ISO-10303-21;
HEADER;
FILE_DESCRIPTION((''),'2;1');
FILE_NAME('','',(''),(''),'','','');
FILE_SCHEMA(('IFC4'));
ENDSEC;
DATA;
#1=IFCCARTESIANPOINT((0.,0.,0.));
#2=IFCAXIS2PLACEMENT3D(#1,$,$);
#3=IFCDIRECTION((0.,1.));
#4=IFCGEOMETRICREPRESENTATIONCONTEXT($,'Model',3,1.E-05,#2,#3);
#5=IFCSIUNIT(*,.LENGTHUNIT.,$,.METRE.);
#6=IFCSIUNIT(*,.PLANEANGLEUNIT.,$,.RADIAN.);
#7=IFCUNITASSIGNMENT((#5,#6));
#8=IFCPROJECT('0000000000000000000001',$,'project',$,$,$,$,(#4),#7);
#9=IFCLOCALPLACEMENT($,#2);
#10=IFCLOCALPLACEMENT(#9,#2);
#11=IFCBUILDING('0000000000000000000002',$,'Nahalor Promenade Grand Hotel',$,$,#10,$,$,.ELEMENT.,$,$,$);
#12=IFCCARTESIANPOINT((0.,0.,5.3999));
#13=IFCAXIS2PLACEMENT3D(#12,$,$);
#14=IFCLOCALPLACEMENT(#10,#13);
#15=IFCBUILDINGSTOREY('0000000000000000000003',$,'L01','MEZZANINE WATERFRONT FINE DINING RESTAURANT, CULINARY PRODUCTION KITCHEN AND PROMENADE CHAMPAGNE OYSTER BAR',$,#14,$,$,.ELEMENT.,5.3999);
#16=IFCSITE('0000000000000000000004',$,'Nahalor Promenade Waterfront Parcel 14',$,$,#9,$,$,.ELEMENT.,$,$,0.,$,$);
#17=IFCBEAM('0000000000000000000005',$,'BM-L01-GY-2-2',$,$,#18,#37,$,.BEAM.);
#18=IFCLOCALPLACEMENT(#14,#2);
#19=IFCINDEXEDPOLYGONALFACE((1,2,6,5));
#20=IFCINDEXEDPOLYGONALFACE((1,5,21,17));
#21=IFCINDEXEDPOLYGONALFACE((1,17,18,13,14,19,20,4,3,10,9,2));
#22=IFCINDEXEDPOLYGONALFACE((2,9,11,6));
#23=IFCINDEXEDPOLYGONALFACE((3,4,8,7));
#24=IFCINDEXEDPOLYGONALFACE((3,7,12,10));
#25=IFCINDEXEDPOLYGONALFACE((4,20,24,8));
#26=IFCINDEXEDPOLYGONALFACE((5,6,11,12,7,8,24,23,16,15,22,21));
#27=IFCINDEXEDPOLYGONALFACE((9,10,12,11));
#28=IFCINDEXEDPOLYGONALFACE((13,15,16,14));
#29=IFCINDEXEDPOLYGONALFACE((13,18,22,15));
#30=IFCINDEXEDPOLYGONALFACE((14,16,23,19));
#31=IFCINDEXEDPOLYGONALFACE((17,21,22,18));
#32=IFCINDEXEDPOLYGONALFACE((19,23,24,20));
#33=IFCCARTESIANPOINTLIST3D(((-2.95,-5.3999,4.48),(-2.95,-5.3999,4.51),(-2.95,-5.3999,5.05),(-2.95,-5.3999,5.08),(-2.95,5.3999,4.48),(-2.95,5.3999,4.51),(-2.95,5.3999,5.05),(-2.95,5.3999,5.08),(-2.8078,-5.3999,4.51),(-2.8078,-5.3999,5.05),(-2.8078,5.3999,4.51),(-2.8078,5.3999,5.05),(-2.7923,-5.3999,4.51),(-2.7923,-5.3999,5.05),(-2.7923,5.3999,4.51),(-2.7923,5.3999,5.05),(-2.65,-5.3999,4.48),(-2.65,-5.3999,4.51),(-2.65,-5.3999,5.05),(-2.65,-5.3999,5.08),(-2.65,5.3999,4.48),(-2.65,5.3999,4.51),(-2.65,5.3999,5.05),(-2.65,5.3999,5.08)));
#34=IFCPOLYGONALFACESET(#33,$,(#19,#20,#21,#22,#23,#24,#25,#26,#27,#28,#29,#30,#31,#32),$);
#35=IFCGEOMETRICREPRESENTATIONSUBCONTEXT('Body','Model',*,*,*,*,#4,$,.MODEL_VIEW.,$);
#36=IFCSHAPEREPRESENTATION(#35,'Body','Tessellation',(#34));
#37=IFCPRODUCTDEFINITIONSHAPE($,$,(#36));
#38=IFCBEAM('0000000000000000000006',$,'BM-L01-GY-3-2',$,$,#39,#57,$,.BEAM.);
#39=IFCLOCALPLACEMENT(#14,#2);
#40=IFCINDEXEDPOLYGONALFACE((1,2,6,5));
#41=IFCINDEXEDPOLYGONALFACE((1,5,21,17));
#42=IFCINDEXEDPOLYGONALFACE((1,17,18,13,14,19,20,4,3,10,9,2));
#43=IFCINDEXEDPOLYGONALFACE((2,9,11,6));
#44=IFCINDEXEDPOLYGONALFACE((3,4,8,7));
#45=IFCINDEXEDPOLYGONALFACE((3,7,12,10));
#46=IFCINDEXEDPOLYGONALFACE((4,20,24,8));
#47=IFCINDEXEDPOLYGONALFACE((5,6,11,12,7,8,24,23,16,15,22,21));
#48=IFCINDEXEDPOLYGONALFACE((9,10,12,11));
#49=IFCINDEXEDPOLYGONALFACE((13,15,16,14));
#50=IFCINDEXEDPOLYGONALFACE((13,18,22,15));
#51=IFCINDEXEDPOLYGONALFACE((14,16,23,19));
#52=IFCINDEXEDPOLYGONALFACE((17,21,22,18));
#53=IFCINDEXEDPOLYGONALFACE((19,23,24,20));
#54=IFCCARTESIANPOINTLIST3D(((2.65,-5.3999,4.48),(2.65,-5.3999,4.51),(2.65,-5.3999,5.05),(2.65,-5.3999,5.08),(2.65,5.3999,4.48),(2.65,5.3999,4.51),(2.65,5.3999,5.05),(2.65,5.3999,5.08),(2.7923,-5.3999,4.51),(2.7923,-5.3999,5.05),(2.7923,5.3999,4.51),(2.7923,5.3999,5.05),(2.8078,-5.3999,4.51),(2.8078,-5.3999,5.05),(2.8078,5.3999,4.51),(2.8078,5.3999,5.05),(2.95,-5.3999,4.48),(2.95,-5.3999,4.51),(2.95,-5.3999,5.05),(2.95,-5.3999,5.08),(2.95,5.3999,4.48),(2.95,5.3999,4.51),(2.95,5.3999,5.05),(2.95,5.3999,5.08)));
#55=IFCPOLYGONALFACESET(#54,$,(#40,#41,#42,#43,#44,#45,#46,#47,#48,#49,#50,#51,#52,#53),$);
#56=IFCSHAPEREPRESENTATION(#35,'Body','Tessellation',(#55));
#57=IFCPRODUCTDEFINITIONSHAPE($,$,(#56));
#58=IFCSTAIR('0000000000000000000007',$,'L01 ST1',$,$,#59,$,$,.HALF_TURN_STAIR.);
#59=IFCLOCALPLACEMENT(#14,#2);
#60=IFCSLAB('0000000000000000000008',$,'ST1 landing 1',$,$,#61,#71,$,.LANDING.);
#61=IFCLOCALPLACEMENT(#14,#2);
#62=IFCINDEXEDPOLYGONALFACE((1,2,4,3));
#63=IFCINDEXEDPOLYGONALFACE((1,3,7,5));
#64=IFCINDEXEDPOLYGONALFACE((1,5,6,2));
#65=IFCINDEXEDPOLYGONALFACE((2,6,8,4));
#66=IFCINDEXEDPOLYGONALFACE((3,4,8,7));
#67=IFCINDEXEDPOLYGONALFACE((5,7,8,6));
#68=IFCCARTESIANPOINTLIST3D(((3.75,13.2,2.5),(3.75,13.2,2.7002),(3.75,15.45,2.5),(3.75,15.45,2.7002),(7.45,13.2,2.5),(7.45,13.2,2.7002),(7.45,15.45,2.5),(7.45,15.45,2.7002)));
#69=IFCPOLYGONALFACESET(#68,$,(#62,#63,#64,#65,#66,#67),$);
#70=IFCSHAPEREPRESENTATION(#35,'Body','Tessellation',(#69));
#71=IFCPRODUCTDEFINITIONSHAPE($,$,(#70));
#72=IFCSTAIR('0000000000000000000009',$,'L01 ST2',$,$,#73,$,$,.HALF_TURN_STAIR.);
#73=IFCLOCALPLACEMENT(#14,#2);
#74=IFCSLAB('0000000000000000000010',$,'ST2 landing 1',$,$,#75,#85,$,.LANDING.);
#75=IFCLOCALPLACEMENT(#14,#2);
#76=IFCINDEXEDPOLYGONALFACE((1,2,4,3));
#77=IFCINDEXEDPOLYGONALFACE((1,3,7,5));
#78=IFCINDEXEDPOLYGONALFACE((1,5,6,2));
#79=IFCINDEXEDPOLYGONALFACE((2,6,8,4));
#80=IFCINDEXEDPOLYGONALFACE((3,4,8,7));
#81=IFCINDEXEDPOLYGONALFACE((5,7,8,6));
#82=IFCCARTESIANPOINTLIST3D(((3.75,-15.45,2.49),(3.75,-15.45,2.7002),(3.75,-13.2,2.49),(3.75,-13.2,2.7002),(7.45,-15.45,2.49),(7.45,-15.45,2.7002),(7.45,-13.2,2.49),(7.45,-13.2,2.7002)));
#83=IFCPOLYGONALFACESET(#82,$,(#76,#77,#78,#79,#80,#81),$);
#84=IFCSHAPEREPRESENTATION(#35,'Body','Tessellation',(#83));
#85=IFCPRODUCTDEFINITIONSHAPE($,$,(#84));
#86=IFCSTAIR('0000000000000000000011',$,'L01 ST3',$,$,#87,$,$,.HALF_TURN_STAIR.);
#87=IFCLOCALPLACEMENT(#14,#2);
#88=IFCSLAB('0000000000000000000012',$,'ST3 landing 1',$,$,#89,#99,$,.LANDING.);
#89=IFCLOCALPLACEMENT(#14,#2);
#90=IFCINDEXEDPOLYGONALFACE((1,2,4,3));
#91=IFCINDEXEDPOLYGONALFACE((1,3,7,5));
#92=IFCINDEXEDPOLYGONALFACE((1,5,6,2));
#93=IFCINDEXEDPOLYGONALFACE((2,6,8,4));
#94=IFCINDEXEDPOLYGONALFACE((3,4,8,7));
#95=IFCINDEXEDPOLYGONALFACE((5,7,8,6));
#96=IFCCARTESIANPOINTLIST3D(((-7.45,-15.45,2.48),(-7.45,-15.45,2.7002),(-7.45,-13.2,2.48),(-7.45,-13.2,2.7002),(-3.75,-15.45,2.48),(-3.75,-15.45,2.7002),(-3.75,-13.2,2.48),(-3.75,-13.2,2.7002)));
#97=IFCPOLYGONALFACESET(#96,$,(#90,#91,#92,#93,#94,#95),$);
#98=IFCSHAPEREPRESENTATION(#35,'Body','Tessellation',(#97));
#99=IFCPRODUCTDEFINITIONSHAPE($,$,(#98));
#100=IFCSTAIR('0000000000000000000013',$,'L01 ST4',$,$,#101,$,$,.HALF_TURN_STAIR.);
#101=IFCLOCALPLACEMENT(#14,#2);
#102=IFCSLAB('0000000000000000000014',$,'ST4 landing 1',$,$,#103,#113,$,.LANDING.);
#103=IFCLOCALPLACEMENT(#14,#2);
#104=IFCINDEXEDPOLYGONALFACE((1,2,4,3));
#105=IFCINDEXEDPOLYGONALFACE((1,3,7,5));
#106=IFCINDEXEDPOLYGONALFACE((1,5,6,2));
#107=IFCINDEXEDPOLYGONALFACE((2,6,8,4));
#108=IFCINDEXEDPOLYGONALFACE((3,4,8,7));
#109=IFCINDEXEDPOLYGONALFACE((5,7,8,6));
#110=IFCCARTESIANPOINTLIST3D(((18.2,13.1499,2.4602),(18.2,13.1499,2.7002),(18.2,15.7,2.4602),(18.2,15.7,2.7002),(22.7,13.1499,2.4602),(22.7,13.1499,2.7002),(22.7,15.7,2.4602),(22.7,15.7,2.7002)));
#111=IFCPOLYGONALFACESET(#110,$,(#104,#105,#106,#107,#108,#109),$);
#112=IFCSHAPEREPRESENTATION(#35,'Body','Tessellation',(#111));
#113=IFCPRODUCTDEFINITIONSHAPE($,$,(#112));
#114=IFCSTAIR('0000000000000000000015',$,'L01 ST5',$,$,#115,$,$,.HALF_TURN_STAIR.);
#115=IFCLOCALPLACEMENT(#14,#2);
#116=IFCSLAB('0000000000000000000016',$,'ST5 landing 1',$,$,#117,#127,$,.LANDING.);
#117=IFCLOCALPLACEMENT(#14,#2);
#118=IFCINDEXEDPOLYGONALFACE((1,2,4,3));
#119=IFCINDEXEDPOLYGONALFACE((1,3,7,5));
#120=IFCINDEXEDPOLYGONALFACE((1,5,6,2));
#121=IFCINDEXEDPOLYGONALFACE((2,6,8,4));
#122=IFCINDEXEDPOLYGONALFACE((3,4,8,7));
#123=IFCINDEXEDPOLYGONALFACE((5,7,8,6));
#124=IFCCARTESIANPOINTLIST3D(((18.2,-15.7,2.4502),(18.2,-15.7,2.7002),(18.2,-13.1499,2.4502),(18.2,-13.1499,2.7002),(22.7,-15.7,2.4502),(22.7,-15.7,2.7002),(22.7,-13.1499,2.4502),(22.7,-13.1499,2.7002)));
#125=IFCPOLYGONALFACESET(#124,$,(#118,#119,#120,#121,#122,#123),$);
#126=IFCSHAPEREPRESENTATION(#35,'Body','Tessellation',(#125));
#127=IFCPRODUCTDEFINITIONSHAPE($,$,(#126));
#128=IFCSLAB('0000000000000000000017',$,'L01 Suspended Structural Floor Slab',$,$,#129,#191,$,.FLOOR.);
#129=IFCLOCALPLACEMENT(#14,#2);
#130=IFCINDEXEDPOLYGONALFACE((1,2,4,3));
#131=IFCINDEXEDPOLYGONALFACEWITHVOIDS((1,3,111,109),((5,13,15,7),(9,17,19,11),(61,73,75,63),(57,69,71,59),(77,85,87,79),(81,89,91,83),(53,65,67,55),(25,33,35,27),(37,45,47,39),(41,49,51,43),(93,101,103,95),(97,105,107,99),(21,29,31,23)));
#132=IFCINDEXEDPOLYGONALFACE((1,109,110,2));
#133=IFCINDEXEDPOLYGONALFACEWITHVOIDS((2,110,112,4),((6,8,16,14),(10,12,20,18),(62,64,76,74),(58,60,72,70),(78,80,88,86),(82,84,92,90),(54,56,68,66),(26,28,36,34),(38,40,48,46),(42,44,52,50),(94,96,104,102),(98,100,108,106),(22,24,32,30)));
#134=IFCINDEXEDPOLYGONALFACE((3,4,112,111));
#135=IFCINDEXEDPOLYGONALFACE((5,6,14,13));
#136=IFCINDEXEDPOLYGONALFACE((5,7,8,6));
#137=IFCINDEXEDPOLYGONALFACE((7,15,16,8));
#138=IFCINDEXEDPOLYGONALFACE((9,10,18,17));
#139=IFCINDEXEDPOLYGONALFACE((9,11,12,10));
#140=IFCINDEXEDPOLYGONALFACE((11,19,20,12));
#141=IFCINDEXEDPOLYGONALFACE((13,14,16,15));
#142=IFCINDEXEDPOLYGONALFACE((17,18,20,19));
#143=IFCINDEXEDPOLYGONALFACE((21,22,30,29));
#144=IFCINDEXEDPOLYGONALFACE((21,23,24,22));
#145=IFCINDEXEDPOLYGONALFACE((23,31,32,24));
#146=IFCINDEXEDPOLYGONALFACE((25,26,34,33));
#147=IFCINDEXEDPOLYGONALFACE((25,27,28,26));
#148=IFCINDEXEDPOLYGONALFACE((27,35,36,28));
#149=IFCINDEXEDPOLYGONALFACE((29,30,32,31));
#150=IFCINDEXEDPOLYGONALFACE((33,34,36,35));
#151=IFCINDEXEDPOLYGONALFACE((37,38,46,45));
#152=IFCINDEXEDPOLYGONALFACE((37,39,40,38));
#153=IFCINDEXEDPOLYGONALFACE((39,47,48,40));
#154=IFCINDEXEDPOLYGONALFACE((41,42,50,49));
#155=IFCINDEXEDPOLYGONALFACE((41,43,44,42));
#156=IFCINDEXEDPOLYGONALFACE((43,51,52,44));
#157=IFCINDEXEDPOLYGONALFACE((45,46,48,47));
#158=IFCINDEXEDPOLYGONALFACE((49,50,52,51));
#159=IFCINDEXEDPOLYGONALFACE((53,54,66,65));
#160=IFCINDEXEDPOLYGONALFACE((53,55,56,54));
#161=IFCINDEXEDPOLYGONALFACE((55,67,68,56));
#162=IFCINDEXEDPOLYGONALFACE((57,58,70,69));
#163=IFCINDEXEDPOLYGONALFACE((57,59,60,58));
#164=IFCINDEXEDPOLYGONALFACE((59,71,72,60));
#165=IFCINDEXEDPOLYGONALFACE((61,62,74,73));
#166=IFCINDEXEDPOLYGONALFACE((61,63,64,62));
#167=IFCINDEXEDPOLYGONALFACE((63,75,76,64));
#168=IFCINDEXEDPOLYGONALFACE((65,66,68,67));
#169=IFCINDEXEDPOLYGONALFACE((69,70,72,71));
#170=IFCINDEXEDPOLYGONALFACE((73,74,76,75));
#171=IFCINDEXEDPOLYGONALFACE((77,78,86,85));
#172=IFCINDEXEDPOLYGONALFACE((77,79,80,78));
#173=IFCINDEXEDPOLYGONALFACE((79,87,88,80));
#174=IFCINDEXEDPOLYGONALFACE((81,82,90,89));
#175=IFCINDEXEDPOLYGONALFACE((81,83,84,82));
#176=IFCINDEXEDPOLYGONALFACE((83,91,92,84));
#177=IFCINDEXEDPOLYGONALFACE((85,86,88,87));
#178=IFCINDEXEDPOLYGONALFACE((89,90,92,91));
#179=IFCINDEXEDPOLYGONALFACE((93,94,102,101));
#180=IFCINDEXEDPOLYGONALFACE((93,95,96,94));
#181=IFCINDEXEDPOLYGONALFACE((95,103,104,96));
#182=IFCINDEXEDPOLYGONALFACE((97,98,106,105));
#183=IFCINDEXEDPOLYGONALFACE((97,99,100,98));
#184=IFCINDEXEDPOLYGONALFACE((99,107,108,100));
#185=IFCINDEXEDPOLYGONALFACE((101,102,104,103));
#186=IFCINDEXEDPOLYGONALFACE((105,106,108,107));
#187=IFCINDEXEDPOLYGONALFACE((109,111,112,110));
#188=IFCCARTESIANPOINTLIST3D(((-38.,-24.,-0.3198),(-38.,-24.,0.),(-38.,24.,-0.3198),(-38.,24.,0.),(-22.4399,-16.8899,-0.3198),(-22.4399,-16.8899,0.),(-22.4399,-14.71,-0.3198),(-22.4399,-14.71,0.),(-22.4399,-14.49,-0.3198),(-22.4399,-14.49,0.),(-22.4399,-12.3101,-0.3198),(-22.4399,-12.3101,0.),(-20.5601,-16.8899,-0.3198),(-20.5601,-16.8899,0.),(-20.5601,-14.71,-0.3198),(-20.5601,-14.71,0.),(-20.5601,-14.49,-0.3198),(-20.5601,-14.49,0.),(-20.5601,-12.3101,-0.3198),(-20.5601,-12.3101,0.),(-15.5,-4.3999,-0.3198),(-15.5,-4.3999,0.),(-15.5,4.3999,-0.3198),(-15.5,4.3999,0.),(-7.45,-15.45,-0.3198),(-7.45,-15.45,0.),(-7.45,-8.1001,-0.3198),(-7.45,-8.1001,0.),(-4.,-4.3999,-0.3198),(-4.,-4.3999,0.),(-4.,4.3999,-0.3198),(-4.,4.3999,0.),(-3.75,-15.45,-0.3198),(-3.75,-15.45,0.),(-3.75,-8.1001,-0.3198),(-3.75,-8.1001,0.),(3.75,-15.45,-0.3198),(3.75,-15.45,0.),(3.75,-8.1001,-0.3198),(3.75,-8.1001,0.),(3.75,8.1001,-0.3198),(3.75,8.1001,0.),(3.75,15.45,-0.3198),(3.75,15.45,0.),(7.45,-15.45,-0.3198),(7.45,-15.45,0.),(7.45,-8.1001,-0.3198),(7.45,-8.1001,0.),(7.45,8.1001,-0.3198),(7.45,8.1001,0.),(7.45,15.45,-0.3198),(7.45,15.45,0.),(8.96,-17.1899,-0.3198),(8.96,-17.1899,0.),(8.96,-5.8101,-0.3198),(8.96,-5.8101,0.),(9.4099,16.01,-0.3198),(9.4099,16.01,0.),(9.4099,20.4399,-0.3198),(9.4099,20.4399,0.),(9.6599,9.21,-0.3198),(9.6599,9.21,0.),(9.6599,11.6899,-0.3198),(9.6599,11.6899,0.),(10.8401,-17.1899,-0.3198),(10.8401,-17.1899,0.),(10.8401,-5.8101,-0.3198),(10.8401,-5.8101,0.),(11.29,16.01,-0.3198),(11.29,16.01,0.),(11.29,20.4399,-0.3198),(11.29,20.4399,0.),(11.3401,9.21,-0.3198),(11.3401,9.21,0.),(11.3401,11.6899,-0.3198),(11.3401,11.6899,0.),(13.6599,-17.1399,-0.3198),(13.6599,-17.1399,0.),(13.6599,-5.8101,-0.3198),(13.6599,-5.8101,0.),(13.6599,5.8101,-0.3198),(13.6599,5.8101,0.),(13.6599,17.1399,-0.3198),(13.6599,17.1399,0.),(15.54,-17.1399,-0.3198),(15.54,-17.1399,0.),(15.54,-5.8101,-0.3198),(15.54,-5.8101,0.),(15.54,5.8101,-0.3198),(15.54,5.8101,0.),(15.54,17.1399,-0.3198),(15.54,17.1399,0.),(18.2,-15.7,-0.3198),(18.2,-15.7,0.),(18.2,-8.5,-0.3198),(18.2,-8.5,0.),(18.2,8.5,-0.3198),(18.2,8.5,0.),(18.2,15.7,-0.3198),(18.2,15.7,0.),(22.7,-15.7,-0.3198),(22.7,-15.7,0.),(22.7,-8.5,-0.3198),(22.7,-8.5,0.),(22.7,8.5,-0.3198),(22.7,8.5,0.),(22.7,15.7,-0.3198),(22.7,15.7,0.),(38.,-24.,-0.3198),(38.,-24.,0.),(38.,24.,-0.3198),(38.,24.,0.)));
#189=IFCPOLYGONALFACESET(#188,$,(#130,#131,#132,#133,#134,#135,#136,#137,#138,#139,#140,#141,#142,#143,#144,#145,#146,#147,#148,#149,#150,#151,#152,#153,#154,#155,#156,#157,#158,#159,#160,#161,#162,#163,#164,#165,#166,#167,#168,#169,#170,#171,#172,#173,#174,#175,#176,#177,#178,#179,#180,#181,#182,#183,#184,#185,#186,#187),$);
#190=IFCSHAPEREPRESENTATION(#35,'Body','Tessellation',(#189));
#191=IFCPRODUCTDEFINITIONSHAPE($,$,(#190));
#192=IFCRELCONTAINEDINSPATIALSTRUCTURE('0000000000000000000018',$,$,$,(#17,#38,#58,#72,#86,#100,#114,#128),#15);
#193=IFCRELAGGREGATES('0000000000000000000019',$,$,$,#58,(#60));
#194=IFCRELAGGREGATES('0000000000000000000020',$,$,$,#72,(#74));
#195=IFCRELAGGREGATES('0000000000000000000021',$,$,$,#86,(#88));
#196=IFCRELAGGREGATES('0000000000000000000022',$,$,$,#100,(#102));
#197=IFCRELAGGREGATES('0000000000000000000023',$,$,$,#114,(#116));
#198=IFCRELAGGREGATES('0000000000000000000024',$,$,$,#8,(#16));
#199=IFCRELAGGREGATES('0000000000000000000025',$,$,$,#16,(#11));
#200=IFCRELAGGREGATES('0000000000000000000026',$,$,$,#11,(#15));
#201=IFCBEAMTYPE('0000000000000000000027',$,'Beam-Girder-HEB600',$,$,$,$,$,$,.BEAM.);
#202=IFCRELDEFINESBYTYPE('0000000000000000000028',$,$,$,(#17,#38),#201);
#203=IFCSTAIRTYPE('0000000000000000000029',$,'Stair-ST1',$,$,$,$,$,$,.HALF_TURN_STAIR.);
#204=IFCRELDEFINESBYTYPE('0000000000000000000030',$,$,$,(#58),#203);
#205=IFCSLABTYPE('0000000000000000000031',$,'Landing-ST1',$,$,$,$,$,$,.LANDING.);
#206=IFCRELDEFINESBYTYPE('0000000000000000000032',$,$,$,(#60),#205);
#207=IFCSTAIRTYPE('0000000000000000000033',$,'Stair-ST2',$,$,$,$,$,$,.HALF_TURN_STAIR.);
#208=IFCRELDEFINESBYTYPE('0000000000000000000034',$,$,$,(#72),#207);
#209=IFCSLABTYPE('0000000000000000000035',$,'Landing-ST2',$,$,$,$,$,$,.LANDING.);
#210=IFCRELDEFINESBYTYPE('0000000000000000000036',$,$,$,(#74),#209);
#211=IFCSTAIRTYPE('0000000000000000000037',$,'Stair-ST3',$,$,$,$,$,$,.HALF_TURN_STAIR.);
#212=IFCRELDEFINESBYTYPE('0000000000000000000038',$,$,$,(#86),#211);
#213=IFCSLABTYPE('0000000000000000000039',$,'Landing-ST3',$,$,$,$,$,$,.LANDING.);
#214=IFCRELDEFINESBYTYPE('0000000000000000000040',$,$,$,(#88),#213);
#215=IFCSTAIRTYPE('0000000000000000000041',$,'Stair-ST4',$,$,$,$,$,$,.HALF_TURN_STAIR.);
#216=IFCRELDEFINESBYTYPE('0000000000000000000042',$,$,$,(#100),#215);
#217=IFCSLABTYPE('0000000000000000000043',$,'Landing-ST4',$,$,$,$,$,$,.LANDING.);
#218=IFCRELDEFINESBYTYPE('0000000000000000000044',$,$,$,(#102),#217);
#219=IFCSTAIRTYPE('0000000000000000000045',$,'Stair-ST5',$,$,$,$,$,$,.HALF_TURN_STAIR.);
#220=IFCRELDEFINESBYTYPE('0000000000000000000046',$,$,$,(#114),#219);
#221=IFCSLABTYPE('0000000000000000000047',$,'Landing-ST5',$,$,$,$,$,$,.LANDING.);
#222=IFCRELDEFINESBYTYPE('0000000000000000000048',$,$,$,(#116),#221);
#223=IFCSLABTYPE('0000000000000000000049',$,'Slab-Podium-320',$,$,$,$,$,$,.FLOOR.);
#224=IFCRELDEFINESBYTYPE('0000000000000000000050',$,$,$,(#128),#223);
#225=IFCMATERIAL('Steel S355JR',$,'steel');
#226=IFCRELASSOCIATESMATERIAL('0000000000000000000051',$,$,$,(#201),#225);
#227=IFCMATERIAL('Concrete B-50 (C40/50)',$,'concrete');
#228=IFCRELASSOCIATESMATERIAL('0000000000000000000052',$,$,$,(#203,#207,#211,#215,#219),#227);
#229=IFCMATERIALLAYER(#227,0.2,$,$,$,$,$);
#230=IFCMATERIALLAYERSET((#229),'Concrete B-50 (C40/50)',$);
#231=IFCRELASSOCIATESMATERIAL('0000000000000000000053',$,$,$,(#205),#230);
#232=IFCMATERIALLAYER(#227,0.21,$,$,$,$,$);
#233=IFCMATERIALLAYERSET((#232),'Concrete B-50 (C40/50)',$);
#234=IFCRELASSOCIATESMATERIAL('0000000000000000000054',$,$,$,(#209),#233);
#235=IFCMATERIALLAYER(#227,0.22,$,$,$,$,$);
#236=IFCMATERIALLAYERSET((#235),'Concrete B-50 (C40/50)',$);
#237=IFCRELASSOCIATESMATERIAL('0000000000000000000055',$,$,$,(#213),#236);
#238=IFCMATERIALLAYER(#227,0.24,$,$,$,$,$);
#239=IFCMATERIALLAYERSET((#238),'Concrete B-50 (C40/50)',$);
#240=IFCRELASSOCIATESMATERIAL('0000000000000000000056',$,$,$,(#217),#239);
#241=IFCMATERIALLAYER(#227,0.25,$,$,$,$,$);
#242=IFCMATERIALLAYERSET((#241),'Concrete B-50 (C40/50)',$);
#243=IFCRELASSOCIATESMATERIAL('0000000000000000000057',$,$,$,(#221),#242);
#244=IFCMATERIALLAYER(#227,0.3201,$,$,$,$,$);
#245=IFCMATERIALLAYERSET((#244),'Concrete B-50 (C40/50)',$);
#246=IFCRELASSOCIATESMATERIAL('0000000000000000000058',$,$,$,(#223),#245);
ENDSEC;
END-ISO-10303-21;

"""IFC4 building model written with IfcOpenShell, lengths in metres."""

from ifc_helpers import new_model, si_unit, direction, frame, origin, origin_2d, place, context, subcontext, project, spatial, polyline, i_section, outline, extrude, source, transform, mapped, material, layer, layer_set, material_profile, profile_set, type_object, element, aggregate, save


model = new_model("IFC4")

# Units and contexts
model_context = context("Model", 3, precision=1e-05, world=origin(), true_north=direction((0.0, 1.0)))
body_context = subcontext(model_context, "Body", "Model", "MODEL_VIEW")
ifc_project = project(units=[si_unit("LENGTHUNIT", "METRE"), si_unit("PLANEANGLEUNIT", "RADIAN")], contexts=[model_context])

# Site, building, storey
site_placement = place(None, origin())
site = spatial("IfcSite", under=ifc_project, at=site_placement, Name="Nahalor Promenade Waterfront Parcel 14", CompositionType="ELEMENT", RefElevation=0.0)
building_placement = place(site_placement, origin())
building = spatial("IfcBuilding", under=site, at=building_placement, Name="Nahalor Promenade Grand Hotel", CompositionType="ELEMENT")
storey_placement = place(building_placement, frame((0.0, 0.0, 5.3999)))
storey = spatial("IfcBuildingStorey", under=building, at=storey_placement, Name="L01", Description="MEZZANINE WATERFRONT FINE DINING RESTAURANT, CULINARY PRODUCTION KITCHEN AND PROMENADE CHAMPAGNE OYSTER BAR", CompositionType="ELEMENT", Elevation=5.3999)

# Beams
ifc_material_1 = material(Name="Steel S355JR", Category="steel")
ifc_material_profile_1 = material_profile(ifc_material_1, i_section(OverallWidth=0.3, OverallDepth=0.6, WebThickness=0.0155, FlangeThickness=0.03, at=origin_2d()), Name="HEB 600")
ifc_profile_set_1 = profile_set([ifc_material_profile_1], Name="Steel S355JR")
beam_type = type_object("IfcBeamType", Name="Beam-Girder-HEB600", PredefinedType="BEAM", material=ifc_profile_set_1)
shared_shape_1 = source(origin(), body_context, "Body", "SweptSolid", [
    extrude(i_section(OverallWidth=0.3, OverallDepth=0.6, WebThickness=0.0155, FlangeThickness=0.03, at=origin_2d()), origin(), (0.0, 0.0, 1.0), 10.7998),
])
for number, where, z_axis, x_axis, name in (
    (1, (-2.8, -5.3999, 4.78), (0.0, 1.0, 0.0), (-1.0, 0.0, 0.0), "BM-L01-GY-2-2"),
    (2, (2.8, -5.3999, 4.78), (0.0, 1.0, 0.0), (-1.0, 0.0, 0.0), "BM-L01-GY-3-2"),
):
    element("IfcBeam", number, at=place(storey_placement, frame(where, z_axis=z_axis, x_axis=x_axis)), inside=storey, type_object=beam_type, Name=name, PredefinedType="BEAM", context=body_context, shape_type="MappedRepresentation", body=[
        mapped(shared_shape_1, transform((0.0, 0.0, 0.0), scale=1.0)),
    ])

# Stairs, slabs
ifc_material_2 = material(Name="Concrete B-50 (C40/50)", Category="concrete")
stair_type_1 = type_object("IfcStairType", Name="Stair-ST1", PredefinedType="HALF_TURN_STAIR", material=ifc_material_2)
stair_1_placement = place(storey_placement, origin())
stair_1 = element("IfcStair", 3, at=stair_1_placement, inside=storey, type_object=stair_type_1, Name="L01 ST1", PredefinedType="HALF_TURN_STAIR")
ifc_layer_1 = layer(ifc_material_2, 0.2)
ifc_layer_set_1 = layer_set([ifc_layer_1], Name="Concrete B-50 (C40/50)")
slab_type_1 = type_object("IfcSlabType", Name="Landing-ST1", PredefinedType="LANDING", material=ifc_layer_set_1)
slab_1_placement = place(storey_placement, frame((0.0, 0.0, 2.5)))
slab_1 = element("IfcSlab", 4, at=slab_1_placement, type_object=slab_type_1, Name="ST1 landing 1", PredefinedType="LANDING", context=body_context, shape_type="SweptSolid", body=[
    extrude(outline(polyline([(7.45, 13.2), (7.45, 15.45), (3.75, 15.45), (3.75, 13.2), (7.45, 13.2)])), origin(), (0.0, 0.0, 1.0), 0.2002),
])
aggregate(stair_1, [slab_1])
stair_type_2 = type_object("IfcStairType", Name="Stair-ST2", PredefinedType="HALF_TURN_STAIR", material=ifc_material_2)
stair_2_placement = place(storey_placement, origin())
stair_2 = element("IfcStair", 5, at=stair_2_placement, inside=storey, type_object=stair_type_2, Name="L01 ST2", PredefinedType="HALF_TURN_STAIR")
ifc_layer_2 = layer(ifc_material_2, 0.21)
ifc_layer_set_2 = layer_set([ifc_layer_2], Name="Concrete B-50 (C40/50)")
slab_type_2 = type_object("IfcSlabType", Name="Landing-ST2", PredefinedType="LANDING", material=ifc_layer_set_2)
slab_2_placement = place(storey_placement, frame((0.0, 0.0, 2.49)))
slab_2 = element("IfcSlab", 6, at=slab_2_placement, type_object=slab_type_2, Name="ST2 landing 1", PredefinedType="LANDING", context=body_context, shape_type="SweptSolid", body=[
    extrude(outline(polyline([(3.75, -13.2), (3.75, -15.45), (7.45, -15.45), (7.45, -13.2), (3.75, -13.2)])), origin(), (0.0, 0.0, 1.0), 0.2102),
])
aggregate(stair_2, [slab_2])
stair_type_3 = type_object("IfcStairType", Name="Stair-ST3", PredefinedType="HALF_TURN_STAIR", material=ifc_material_2)
stair_3_placement = place(storey_placement, origin())
stair_3 = element("IfcStair", 7, at=stair_3_placement, inside=storey, type_object=stair_type_3, Name="L01 ST3", PredefinedType="HALF_TURN_STAIR")
ifc_layer_3 = layer(ifc_material_2, 0.22)
ifc_layer_set_3 = layer_set([ifc_layer_3], Name="Concrete B-50 (C40/50)")
slab_type_3 = type_object("IfcSlabType", Name="Landing-ST3", PredefinedType="LANDING", material=ifc_layer_set_3)
slab_3_placement = place(storey_placement, frame((0.0, 0.0, 2.48)))
slab_3 = element("IfcSlab", 8, at=slab_3_placement, type_object=slab_type_3, Name="ST3 landing 1", PredefinedType="LANDING", context=body_context, shape_type="SweptSolid", body=[
    extrude(outline(polyline([(-7.45, -13.2), (-7.45, -15.45), (-3.75, -15.45), (-3.75, -13.2), (-7.45, -13.2)])), origin(), (0.0, 0.0, 1.0), 0.2202),
])
aggregate(stair_3, [slab_3])
stair_type_4 = type_object("IfcStairType", Name="Stair-ST4", PredefinedType="HALF_TURN_STAIR", material=ifc_material_2)
stair_4_placement = place(storey_placement, origin())
stair_4 = element("IfcStair", 9, at=stair_4_placement, inside=storey, type_object=stair_type_4, Name="L01 ST4", PredefinedType="HALF_TURN_STAIR")
ifc_layer_4 = layer(ifc_material_2, 0.24)
ifc_layer_set_4 = layer_set([ifc_layer_4], Name="Concrete B-50 (C40/50)")
slab_type_4 = type_object("IfcSlabType", Name="Landing-ST4", PredefinedType="LANDING", material=ifc_layer_set_4)
slab_4_placement = place(storey_placement, frame((0.0, 0.0, 2.4602)))
slab_4 = element("IfcSlab", 10, at=slab_4_placement, type_object=slab_type_4, Name="ST4 landing 1", PredefinedType="LANDING", context=body_context, shape_type="SweptSolid", body=[
    extrude(outline(polyline([(22.7, 13.1499), (22.7, 15.7), (18.2, 15.7), (18.2, 13.1499), (22.7, 13.1499)])), origin(), (0.0, 0.0, 1.0), 0.24),
])
aggregate(stair_4, [slab_4])
stair_type_5 = type_object("IfcStairType", Name="Stair-ST5", PredefinedType="HALF_TURN_STAIR", material=ifc_material_2)
stair_5_placement = place(storey_placement, origin())
stair_5 = element("IfcStair", 11, at=stair_5_placement, inside=storey, type_object=stair_type_5, Name="L01 ST5", PredefinedType="HALF_TURN_STAIR")
ifc_layer_5 = layer(ifc_material_2, 0.25)
ifc_layer_set_5 = layer_set([ifc_layer_5], Name="Concrete B-50 (C40/50)")
slab_type_5 = type_object("IfcSlabType", Name="Landing-ST5", PredefinedType="LANDING", material=ifc_layer_set_5)
slab_5_placement = place(storey_placement, frame((0.0, 0.0, 2.4502)))
slab_5 = element("IfcSlab", 12, at=slab_5_placement, type_object=slab_type_5, Name="ST5 landing 1", PredefinedType="LANDING", context=body_context, shape_type="SweptSolid", body=[
    extrude(outline(polyline([(18.2, -13.1499), (18.2, -15.7), (22.7, -15.7), (22.7, -13.1499), (18.2, -13.1499)])), origin(), (0.0, 0.0, 1.0), 0.25),
])
aggregate(stair_5, [slab_5])

# Slab
ifc_layer_6 = layer(ifc_material_2, 0.3201)
ifc_layer_set_6 = layer_set([ifc_layer_6], Name="Concrete B-50 (C40/50)")
slab_type_6 = type_object("IfcSlabType", Name="Slab-Podium-320", PredefinedType="FLOOR", material=ifc_layer_set_6)
slab_6_placement = place(storey_placement, frame((0.0, 0.0, -0.3198)))
element("IfcSlab", 13, at=slab_6_placement, inside=storey, type_object=slab_type_6, Name="L01 Suspended Structural Floor Slab", PredefinedType="FLOOR", context=body_context, shape_type="SweptSolid", body=[
    extrude(outline(polyline([(-38.0, -24.0), (38.0, -24.0), (38.0, 24.0), (-38.0, 24.0), (-38.0, -24.0)]), holes=[polyline([(3.75, 8.1001), (7.45, 8.1001), (7.45, 15.45), (3.75, 15.45), (3.75, 8.1001)]), polyline([(3.75, -15.45), (7.45, -15.45), (7.45, -8.1001), (3.75, -8.1001), (3.75, -15.45)]), polyline([(-7.45, -15.45), (-3.75, -15.45), (-3.75, -8.1001), (-7.45, -8.1001), (-7.45, -15.45)]), polyline([(18.2, 8.5), (22.7, 8.5), (22.7, 15.7), (18.2, 15.7), (18.2, 8.5)]), polyline([(18.2, -15.7), (22.7, -15.7), (22.7, -8.5), (18.2, -8.5), (18.2, -15.7)]), polyline([(13.6599, 5.8101), (15.54, 5.8101), (15.54, 17.1399), (13.6599, 17.1399), (13.6599, 5.8101)]), polyline([(13.6599, -17.1399), (15.54, -17.1399), (15.54, -5.8101), (13.6599, -5.8101), (13.6599, -17.1399)]), polyline([(8.96, -17.1899), (10.8401, -17.1899), (10.8401, -5.8101), (8.96, -5.8101), (8.96, -17.1899)]), polyline([(9.4099, 16.01), (11.29, 16.01), (11.29, 20.4399), (9.4099, 20.4399), (9.4099, 16.01)]), polyline([(9.6599, 9.21), (11.3401, 9.21), (11.3401, 11.6899), (9.6599, 11.6899), (9.6599, 9.21)]), polyline([(-22.4399, -16.8899), (-20.5601, -16.8899), (-20.5601, -14.71), (-22.4399, -14.71), (-22.4399, -16.8899)]), polyline([(-22.4399, -14.49), (-20.5601, -14.49), (-20.5601, -12.3101), (-22.4399, -12.3101), (-22.4399, -14.49)]), polyline([(-15.5, -4.3999), (-4.0, -4.3999), (-4.0, 4.3999), (-15.5, 4.3999), (-15.5, -4.3999)])]), origin(), (0.0, 0.0, 1.0), 0.3198),
])

save(model, "model.ifc")
